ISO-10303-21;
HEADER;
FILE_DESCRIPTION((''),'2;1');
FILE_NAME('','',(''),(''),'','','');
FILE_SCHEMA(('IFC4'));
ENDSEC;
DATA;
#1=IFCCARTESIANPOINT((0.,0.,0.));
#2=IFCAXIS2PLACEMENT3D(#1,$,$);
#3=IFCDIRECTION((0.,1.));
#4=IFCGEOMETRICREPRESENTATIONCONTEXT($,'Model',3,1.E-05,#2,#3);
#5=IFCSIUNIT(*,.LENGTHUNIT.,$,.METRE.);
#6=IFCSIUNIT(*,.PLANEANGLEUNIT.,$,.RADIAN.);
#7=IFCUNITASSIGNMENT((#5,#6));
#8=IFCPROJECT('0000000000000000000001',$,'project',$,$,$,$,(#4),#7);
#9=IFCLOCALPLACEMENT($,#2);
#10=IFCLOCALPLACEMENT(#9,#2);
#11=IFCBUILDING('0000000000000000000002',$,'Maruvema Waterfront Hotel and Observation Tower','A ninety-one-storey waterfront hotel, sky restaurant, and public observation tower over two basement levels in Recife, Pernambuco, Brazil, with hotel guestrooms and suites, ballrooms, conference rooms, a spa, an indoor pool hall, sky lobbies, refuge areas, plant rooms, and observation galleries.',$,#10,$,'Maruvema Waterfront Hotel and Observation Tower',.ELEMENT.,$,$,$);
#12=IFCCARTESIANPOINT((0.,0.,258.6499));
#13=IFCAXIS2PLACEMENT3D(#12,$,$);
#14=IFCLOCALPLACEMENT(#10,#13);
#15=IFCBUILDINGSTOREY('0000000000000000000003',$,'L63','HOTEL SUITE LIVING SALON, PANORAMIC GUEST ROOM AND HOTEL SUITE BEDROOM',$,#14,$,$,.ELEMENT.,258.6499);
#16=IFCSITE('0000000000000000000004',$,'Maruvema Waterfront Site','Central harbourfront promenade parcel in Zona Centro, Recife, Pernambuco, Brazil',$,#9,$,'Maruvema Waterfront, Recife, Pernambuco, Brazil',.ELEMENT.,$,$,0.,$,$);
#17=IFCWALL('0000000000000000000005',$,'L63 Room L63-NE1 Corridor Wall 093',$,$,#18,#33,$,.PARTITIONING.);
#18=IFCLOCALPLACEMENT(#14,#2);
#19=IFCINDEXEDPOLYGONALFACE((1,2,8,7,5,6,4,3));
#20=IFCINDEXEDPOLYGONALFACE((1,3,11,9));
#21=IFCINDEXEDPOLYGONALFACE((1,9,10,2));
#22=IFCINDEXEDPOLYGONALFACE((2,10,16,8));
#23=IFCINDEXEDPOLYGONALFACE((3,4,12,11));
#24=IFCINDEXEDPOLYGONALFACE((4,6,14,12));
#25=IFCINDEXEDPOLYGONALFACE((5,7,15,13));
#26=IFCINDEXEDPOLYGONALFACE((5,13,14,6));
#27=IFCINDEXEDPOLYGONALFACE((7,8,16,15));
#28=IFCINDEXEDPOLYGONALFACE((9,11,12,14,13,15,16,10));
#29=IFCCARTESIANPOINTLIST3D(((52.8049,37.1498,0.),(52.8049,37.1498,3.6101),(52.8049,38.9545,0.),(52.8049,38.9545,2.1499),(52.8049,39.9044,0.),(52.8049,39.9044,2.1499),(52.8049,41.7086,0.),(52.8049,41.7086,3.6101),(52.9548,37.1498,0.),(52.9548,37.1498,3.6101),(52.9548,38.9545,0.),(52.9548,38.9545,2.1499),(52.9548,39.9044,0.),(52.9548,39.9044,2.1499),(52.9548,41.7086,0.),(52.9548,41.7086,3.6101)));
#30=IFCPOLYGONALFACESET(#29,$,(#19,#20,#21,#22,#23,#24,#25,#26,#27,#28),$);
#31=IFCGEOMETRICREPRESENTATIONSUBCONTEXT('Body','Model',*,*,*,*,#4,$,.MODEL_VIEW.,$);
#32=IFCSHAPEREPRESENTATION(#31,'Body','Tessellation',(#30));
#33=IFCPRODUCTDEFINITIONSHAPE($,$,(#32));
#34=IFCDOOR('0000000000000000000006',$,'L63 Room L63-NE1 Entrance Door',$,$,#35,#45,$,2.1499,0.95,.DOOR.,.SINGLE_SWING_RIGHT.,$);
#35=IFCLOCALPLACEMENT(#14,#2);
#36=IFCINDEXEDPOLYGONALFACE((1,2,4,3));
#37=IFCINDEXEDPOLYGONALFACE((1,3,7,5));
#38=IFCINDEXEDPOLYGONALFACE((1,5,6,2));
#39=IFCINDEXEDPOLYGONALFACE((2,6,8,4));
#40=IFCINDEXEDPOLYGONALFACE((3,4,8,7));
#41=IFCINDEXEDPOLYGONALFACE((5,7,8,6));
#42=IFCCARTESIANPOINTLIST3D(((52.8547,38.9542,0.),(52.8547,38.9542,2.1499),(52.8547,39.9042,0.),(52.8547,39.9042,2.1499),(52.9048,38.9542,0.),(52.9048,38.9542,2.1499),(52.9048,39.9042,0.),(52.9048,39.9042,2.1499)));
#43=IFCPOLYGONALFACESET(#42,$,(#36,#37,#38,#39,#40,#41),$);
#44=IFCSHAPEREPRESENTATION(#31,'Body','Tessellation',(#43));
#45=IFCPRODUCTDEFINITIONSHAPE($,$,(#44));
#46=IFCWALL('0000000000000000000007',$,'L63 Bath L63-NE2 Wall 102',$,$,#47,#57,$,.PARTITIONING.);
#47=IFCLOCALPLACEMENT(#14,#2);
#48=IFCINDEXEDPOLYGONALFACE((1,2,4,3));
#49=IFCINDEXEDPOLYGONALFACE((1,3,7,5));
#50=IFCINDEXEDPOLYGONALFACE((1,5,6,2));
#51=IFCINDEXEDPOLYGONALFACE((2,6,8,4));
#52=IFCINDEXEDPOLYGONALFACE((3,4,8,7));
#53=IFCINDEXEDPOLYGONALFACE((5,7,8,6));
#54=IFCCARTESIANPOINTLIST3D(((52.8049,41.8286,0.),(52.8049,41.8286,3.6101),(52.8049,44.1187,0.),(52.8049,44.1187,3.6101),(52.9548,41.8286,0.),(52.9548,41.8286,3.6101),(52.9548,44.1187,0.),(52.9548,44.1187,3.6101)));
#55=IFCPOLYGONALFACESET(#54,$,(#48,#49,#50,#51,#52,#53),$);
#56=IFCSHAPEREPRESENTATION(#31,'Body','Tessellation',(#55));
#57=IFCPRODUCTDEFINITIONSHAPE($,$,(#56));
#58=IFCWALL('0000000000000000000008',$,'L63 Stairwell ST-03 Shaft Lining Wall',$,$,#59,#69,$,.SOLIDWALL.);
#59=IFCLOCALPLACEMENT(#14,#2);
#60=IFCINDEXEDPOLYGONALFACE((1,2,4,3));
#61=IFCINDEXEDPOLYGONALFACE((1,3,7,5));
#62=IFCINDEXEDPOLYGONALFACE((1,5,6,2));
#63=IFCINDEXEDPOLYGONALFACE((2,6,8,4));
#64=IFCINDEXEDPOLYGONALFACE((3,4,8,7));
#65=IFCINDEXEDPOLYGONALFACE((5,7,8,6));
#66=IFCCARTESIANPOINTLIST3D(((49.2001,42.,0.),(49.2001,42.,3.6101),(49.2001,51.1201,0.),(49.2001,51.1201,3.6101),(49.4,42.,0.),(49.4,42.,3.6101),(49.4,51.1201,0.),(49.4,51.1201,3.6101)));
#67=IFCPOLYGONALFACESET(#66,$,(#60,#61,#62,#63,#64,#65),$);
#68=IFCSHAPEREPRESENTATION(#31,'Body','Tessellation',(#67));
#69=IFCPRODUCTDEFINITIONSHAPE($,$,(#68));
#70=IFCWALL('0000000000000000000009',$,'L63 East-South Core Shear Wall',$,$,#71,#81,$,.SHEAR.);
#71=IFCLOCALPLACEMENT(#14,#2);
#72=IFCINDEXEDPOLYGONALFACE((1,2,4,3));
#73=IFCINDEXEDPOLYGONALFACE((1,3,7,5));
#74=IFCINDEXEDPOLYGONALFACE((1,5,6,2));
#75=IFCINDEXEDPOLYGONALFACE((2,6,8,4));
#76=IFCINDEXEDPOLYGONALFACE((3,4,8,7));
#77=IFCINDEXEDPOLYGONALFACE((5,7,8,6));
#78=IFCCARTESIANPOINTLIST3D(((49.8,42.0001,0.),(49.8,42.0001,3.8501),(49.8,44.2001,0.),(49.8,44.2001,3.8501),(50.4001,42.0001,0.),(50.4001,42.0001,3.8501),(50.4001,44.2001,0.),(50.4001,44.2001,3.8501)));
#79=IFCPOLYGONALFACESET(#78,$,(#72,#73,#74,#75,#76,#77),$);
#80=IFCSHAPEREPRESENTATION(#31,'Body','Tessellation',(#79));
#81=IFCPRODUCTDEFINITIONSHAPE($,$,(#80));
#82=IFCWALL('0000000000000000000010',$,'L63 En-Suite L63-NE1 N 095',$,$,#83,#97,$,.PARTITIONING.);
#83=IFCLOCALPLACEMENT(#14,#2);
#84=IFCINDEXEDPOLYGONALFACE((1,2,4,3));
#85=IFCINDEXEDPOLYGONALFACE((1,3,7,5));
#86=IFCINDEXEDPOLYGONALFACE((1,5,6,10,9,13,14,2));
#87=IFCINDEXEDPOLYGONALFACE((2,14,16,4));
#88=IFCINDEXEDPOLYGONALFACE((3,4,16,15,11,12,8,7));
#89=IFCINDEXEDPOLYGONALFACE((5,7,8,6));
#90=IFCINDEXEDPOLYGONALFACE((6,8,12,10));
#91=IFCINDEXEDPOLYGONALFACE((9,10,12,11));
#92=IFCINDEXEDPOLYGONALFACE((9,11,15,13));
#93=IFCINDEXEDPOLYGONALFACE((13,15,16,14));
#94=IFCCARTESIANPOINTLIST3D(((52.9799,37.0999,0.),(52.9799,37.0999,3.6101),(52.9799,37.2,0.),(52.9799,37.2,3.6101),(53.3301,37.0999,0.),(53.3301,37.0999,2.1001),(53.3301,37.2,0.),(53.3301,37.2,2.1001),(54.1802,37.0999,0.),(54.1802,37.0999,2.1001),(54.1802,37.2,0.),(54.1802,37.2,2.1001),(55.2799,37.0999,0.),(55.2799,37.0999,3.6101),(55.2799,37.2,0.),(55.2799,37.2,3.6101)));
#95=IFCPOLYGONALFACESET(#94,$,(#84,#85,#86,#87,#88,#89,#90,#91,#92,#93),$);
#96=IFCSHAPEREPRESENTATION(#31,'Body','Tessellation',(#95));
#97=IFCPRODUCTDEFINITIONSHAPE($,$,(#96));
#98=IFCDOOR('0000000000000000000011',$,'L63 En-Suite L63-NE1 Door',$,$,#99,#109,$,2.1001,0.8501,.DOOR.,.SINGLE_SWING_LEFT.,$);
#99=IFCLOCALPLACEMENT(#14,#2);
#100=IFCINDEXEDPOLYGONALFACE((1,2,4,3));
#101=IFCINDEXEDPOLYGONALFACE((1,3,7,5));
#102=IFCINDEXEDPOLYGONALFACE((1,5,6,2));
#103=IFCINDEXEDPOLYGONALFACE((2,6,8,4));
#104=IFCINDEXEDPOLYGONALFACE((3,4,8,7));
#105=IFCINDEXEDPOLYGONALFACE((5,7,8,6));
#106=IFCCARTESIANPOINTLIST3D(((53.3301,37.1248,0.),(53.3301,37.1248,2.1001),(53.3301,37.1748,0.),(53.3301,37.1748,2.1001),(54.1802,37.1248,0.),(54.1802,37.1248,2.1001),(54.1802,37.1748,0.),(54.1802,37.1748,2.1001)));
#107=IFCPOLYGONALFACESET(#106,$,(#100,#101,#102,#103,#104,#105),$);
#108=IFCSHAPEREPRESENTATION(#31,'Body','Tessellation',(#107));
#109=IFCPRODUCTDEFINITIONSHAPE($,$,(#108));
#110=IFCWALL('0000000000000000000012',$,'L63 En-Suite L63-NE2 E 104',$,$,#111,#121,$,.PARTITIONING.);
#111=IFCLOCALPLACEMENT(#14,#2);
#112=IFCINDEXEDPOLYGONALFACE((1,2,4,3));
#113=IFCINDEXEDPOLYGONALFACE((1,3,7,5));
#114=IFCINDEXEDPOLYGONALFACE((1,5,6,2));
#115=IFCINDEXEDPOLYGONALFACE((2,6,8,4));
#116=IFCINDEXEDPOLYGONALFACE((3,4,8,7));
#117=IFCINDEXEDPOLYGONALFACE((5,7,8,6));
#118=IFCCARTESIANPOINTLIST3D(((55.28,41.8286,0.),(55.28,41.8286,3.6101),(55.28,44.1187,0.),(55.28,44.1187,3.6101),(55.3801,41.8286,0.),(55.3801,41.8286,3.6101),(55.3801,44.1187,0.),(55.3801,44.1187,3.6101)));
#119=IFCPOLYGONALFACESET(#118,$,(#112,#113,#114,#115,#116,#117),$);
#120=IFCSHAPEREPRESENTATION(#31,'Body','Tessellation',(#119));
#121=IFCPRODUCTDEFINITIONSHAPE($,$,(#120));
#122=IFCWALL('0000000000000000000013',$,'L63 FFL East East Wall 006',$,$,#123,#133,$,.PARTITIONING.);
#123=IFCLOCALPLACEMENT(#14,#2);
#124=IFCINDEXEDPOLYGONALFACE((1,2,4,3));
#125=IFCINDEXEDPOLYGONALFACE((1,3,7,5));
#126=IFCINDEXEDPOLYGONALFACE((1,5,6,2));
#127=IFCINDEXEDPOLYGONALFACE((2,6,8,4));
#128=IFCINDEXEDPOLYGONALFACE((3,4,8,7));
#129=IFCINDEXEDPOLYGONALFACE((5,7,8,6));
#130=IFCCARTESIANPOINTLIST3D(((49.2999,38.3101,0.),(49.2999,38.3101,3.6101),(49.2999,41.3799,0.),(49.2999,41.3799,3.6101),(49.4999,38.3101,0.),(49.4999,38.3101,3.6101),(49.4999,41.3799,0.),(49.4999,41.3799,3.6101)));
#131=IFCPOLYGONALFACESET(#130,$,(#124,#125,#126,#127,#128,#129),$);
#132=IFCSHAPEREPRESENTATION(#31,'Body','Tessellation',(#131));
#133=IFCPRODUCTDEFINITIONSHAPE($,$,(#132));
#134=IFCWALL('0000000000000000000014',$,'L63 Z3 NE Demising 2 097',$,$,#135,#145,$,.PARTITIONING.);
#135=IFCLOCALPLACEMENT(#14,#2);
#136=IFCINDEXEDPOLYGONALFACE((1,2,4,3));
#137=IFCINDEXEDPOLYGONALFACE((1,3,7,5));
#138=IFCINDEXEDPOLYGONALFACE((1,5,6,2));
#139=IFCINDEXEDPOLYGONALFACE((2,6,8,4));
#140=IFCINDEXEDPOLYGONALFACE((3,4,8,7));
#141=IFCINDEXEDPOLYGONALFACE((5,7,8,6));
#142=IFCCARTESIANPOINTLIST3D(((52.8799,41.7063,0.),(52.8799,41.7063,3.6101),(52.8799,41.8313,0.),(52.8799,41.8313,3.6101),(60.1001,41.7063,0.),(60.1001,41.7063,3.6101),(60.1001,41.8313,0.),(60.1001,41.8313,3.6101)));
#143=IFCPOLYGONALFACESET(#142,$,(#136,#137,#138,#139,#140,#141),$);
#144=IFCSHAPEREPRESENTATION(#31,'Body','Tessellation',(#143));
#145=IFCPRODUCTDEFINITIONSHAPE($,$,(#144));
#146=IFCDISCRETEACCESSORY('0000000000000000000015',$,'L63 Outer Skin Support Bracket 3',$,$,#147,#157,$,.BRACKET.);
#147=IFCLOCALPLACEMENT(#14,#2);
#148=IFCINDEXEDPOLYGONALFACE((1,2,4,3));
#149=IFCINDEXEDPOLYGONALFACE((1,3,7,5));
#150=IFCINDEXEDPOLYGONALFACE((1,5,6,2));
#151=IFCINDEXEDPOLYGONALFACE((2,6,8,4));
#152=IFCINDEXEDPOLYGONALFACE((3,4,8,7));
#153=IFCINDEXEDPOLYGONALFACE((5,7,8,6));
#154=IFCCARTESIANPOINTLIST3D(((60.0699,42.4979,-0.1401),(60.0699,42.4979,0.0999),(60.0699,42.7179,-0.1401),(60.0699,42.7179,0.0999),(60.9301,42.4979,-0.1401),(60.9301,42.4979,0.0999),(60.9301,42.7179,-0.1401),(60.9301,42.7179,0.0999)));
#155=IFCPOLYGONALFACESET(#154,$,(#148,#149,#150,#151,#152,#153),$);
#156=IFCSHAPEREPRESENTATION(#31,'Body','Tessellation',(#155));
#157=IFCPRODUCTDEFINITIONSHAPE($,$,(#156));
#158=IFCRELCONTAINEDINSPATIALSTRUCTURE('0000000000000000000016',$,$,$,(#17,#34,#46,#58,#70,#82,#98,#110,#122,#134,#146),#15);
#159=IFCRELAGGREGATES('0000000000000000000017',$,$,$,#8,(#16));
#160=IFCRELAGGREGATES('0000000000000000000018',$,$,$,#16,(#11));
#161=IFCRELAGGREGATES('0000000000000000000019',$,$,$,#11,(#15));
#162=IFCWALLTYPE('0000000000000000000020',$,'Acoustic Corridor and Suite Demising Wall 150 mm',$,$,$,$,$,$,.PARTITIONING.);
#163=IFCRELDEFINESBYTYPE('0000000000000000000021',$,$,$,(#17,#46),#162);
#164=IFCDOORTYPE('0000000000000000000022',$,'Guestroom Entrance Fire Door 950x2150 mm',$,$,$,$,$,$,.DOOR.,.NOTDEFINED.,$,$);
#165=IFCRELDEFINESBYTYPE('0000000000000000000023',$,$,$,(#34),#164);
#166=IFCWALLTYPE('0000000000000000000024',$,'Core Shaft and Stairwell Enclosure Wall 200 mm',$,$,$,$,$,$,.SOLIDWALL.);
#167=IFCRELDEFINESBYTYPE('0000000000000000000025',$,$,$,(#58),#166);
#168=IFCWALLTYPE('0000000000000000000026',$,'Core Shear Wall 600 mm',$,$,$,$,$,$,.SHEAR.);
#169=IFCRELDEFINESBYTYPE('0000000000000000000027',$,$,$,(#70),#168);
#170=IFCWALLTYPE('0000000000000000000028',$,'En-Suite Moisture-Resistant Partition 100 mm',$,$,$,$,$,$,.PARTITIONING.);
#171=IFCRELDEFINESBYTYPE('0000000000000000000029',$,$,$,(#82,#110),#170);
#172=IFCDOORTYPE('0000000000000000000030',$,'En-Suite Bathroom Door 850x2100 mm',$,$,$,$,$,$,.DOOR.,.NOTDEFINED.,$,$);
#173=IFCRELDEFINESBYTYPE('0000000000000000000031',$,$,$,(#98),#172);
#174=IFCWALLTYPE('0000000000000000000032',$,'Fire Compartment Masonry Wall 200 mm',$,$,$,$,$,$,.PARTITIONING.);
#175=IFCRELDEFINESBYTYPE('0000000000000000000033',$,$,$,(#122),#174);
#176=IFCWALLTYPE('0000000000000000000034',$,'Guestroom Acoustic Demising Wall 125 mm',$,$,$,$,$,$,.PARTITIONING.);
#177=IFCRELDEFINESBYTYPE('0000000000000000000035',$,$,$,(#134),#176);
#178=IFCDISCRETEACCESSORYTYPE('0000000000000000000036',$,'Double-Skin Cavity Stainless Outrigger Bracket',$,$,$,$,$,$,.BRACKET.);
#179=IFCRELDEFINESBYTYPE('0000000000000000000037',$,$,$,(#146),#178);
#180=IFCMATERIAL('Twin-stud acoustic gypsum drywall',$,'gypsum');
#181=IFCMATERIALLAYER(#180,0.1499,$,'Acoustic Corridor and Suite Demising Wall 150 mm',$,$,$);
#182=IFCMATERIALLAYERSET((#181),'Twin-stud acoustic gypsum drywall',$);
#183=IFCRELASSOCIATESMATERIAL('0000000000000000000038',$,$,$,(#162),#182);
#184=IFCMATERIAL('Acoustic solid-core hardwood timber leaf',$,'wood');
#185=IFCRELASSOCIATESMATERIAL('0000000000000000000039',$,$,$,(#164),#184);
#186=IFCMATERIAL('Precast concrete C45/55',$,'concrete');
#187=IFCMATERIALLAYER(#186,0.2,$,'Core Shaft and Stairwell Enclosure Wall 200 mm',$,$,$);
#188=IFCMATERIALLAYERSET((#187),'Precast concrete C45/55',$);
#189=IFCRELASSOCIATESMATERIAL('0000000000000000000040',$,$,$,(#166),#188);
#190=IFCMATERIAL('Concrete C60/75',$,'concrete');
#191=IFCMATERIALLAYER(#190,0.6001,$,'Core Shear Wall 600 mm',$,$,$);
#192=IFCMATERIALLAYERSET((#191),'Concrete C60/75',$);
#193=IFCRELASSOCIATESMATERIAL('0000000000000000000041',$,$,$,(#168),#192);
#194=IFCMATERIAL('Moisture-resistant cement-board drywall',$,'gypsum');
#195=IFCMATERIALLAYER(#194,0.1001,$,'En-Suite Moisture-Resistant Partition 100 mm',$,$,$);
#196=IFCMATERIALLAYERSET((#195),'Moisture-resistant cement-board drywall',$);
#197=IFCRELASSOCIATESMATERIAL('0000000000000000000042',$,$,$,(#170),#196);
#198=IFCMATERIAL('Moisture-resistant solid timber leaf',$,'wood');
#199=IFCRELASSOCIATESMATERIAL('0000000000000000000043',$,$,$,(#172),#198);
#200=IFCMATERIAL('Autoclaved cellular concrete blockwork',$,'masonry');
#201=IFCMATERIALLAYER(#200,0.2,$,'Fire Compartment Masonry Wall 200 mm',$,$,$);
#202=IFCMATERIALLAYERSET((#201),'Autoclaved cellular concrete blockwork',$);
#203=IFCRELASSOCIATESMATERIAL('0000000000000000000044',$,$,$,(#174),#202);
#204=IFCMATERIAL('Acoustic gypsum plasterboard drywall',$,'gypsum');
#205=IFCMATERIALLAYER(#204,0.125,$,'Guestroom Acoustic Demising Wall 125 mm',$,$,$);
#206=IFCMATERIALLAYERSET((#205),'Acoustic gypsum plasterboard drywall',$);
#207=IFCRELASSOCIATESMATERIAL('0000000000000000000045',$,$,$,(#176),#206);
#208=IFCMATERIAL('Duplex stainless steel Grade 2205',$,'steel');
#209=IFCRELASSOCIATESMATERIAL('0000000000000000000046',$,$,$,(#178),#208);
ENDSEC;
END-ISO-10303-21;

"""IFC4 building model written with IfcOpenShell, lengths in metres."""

from ifc_helpers import new_model, si_unit, direction, frame, frame_2d, origin, origin_2d, place, context, subcontext, project, spatial, rectangle, extrude, material, layer, layer_set, type_object, element, fill, save


model = new_model("IFC4")

# Units and contexts
model_context = context("Model", 3, precision=1e-05, world=origin(), true_north=direction((0.0, 1.0)))
body_context = subcontext(model_context, "Body", "Model", "MODEL_VIEW")
ifc_project = project(units=[si_unit("LENGTHUNIT", "METRE"), si_unit("PLANEANGLEUNIT", "RADIAN")], contexts=[model_context])

# Site, building, storey
site_placement = place(None, origin())
site = spatial("IfcSite", under=ifc_project, at=site_placement, Name="Maruvema Waterfront Site", Description="Central harbourfront promenade parcel in Zona Centro, Recife, Pernambuco, Brazil", LongName="Maruvema Waterfront, Recife, Pernambuco, Brazil", CompositionType="ELEMENT", RefElevation=0.0)
building_placement = place(site_placement, origin())
building = spatial("IfcBuilding", under=site, at=building_placement, Name="Maruvema Waterfront Hotel and Observation Tower", Description="A ninety-one-storey waterfront hotel, sky restaurant, and public observation tower over two basement levels in Recife, Pernambuco, Brazil, with hotel guestrooms and suites, ballrooms, conference rooms, a spa, an indoor pool hall, sky lobbies, refuge areas, plant rooms, and observation galleries.", LongName="Maruvema Waterfront Hotel and Observation Tower", CompositionType="ELEMENT")
storey_placement = place(building_placement, frame((0.0, 0.0, 258.6499)))
storey = spatial("IfcBuildingStorey", under=building, at=storey_placement, Name="L63", Description="HOTEL SUITE LIVING SALON, PANORAMIC GUEST ROOM AND HOTEL SUITE BEDROOM", CompositionType="ELEMENT", Elevation=258.6499)

# Wall, opening, door
ifc_material_1 = material(Name="Twin-stud acoustic gypsum drywall", Category="gypsum")
ifc_layer_1 = layer(ifc_material_1, 0.1499, Name="Acoustic Corridor and Suite Demising Wall 150 mm")
ifc_layer_set_1 = layer_set([ifc_layer_1], Name="Twin-stud acoustic gypsum drywall")
wall_type_1 = type_object("IfcWallType", Name="Acoustic Corridor and Suite Demising Wall 150 mm", PredefinedType="PARTITIONING", material=ifc_layer_set_1)
wall_1_placement = place(storey_placement, frame((52.8799, 37.1499, 0.0), z_axis=(0.0, 0.0, 1.0), x_axis=(0.0, 1.0, 0.0)))
wall_1 = element("IfcWall", 1, at=wall_1_placement, inside=storey, type_object=wall_type_1, Name="L63 Room L63-NE1 Corridor Wall 093", PredefinedType="PARTITIONING", context=body_context, shape_type="SweptSolid", body=[
    extrude(rectangle(XDim=4.5588, YDim=0.1499, at=frame_2d((2.2793, 0.0))), origin(), (0.0, 0.0, 1.0), 3.6101),
])
opening_1_placement = place(wall_1_placement, frame((1.8044, 0.0, 0.0)))
opening_1 = element("IfcOpeningElement", 2, at=opening_1_placement, cuts=wall_1, PredefinedType="OPENING", context=body_context, shape_type="SweptSolid", body=[
    extrude(rectangle(XDim=0.95, YDim=2.1499, at=frame_2d((0.4751, 1.075))), frame((0.0, 0.085, 0.0), z_axis=(0.0, -1.0, 0.0), x_axis=(1.0, 0.0, 0.0)), (0.0, 0.0, 1.0), 0.1699),
])
ifc_material_2 = material(Name="Acoustic solid-core hardwood timber leaf", Category="wood")
door_type_1 = type_object("IfcDoorType", Name="Guestroom Entrance Fire Door 950x2150 mm", OperationType="NOTDEFINED", PredefinedType="DOOR", material=ifc_material_2)
door_1_placement = place(opening_1_placement, frame((0.95, 0.0, 0.0), z_axis=(0.0, 0.0, 1.0), x_axis=(-1.0, 0.0, 0.0)))
door_1 = element("IfcDoor", 3, at=door_1_placement, inside=storey, type_object=door_type_1, Name="L63 Room L63-NE1 Entrance Door", OperationType="SINGLE_SWING_RIGHT", OverallHeight=2.1499, OverallWidth=0.95, PredefinedType="DOOR", context=body_context, shape_type="SweptSolid", body=[
    extrude(rectangle(XDim=0.95, YDim=2.1499, at=frame_2d((0.4751, 1.075))), frame((0.0, 0.0249, 0.0), z_axis=(0.0, -1.0, 0.0), x_axis=(1.0, 0.0, 0.0)), (0.0, 0.0, 1.0), 0.05),
])
fill(opening_1, door_1)

# Walls
wall_2_placement = place(storey_placement, frame((52.8799, 41.8286, 0.0), z_axis=(0.0, 0.0, 1.0), x_axis=(0.0, 1.0, 0.0)))
element("IfcWall", 4, at=wall_2_placement, inside=storey, type_object=wall_type_1, Name="L63 Bath L63-NE2 Wall 102", PredefinedType="PARTITIONING", context=body_context, shape_type="SweptSolid", body=[
    extrude(rectangle(XDim=2.29, YDim=0.1499, at=frame_2d((1.145, 0.0))), origin(), (0.0, 0.0, 1.0), 3.6101),
])
ifc_material_3 = material(Name="Precast concrete C45/55", Category="concrete")
ifc_layer_2 = layer(ifc_material_3, 0.2, Name="Core Shaft and Stairwell Enclosure Wall 200 mm")
ifc_layer_set_2 = layer_set([ifc_layer_2], Name="Precast concrete C45/55")
wall_type_2 = type_object("IfcWallType", Name="Core Shaft and Stairwell Enclosure Wall 200 mm", PredefinedType="SOLIDWALL", material=ifc_layer_set_2)
wall_3_placement = place(storey_placement, frame((49.3, 42.0, 0.0), z_axis=(0.0, 0.0, 1.0), x_axis=(0.0, 1.0, 0.0)))
element("IfcWall", 5, at=wall_3_placement, inside=storey, type_object=wall_type_2, Name="L63 Stairwell ST-03 Shaft Lining Wall", PredefinedType="SOLIDWALL", context=body_context, shape_type="SweptSolid", body=[
    extrude(rectangle(XDim=9.1201, YDim=0.2, at=frame_2d((4.5601, 0.0))), origin(), (0.0, 0.0, 1.0), 3.6101),
])
ifc_material_4 = material(Name="Concrete C60/75", Category="concrete")
ifc_layer_3 = layer(ifc_material_4, 0.6001, Name="Core Shear Wall 600 mm")
ifc_layer_set_3 = layer_set([ifc_layer_3], Name="Concrete C60/75")
wall_type_3 = type_object("IfcWallType", Name="Core Shear Wall 600 mm", PredefinedType="SHEAR", material=ifc_layer_set_3)
wall_4_placement = place(storey_placement, frame((50.1001, 42.0, 0.0), z_axis=(0.0, 0.0, 1.0), x_axis=(0.0, 1.0, 0.0)))
element("IfcWall", 6, at=wall_4_placement, inside=storey, type_object=wall_type_3, Name="L63 East-South Core Shear Wall", PredefinedType="SHEAR", context=body_context, shape_type="SweptSolid", body=[
    extrude(rectangle(XDim=2.2, YDim=0.6001, at=frame_2d((1.1001, 0.0))), origin(), (0.0, 0.0, 1.0), 3.8501),
])

# Wall, opening, door
ifc_material_5 = material(Name="Moisture-resistant cement-board drywall", Category="gypsum")
ifc_layer_4 = layer(ifc_material_5, 0.1001, Name="En-Suite Moisture-Resistant Partition 100 mm")
ifc_layer_set_4 = layer_set([ifc_layer_4], Name="Moisture-resistant cement-board drywall")
wall_type_4 = type_object("IfcWallType", Name="En-Suite Moisture-Resistant Partition 100 mm", PredefinedType="PARTITIONING", material=ifc_layer_set_4)
wall_5_placement = place(storey_placement, frame((52.98, 37.1499, 0.0), z_axis=(0.0, 0.0, 1.0), x_axis=(1.0, 0.0, 0.0)))
wall_5 = element("IfcWall", 7, at=wall_5_placement, inside=storey, type_object=wall_type_4, Name="L63 En-Suite L63-NE1 N 095", PredefinedType="PARTITIONING", context=body_context, shape_type="SweptSolid", body=[
    extrude(rectangle(XDim=2.3, YDim=0.1001, at=frame_2d((1.1499, 0.0))), origin(), (0.0, 0.0, 1.0), 3.6101),
])
opening_2_placement = place(wall_5_placement, frame((0.3501, 0.0, 0.0)))
opening_2 = element("IfcOpeningElement", 8, at=opening_2_placement, cuts=wall_5, PredefinedType="OPENING", context=body_context, shape_type="SweptSolid", body=[
    extrude(rectangle(XDim=0.8501, YDim=2.1001, at=frame_2d((0.425, 1.05))), frame((0.0, 0.0601, 0.0), z_axis=(0.0, -1.0, 0.0), x_axis=(1.0, 0.0, 0.0)), (0.0, 0.0, 1.0), 0.1201),
])
ifc_material_6 = material(Name="Moisture-resistant solid timber leaf", Category="wood")
door_type_2 = type_object("IfcDoorType", Name="En-Suite Bathroom Door 850x2100 mm", OperationType="NOTDEFINED", PredefinedType="DOOR", material=ifc_material_6)
door_2_placement = place(opening_2_placement, origin())
door_2 = element("IfcDoor", 9, at=door_2_placement, inside=storey, type_object=door_type_2, Name="L63 En-Suite L63-NE1 Door", OperationType="SINGLE_SWING_LEFT", OverallHeight=2.1001, OverallWidth=0.8501, PredefinedType="DOOR", context=body_context, shape_type="SweptSolid", body=[
    extrude(rectangle(XDim=0.8501, YDim=2.1001, at=frame_2d((0.425, 1.05))), frame((0.0, 0.0249, 0.0), z_axis=(0.0, -1.0, 0.0), x_axis=(1.0, 0.0, 0.0)), (0.0, 0.0, 1.0), 0.05),
])
fill(opening_2, door_2)

# Walls
wall_6_placement = place(storey_placement, frame((55.3301, 41.8286, 0.0), z_axis=(0.0, 0.0, 1.0), x_axis=(0.0, 1.0, 0.0)))
element("IfcWall", 10, at=wall_6_placement, inside=storey, type_object=wall_type_4, Name="L63 En-Suite L63-NE2 E 104", PredefinedType="PARTITIONING", context=body_context, shape_type="SweptSolid", body=[
    extrude(rectangle(XDim=2.29, YDim=0.1001, at=frame_2d((1.145, 0.0))), origin(), (0.0, 0.0, 1.0), 3.6101),
])
ifc_material_7 = material(Name="Autoclaved cellular concrete blockwork", Category="masonry")
ifc_layer_5 = layer(ifc_material_7, 0.2, Name="Fire Compartment Masonry Wall 200 mm")
ifc_layer_set_5 = layer_set([ifc_layer_5], Name="Autoclaved cellular concrete blockwork")
wall_type_5 = type_object("IfcWallType", Name="Fire Compartment Masonry Wall 200 mm", PredefinedType="PARTITIONING", material=ifc_layer_set_5)
wall_7_placement = place(storey_placement, frame((49.3999, 38.3101, 0.0), z_axis=(0.0, 0.0, 1.0), x_axis=(0.0, 1.0, 0.0)))
element("IfcWall", 11, at=wall_7_placement, inside=storey, type_object=wall_type_5, Name="L63 FFL East East Wall 006", PredefinedType="PARTITIONING", context=body_context, shape_type="SweptSolid", body=[
    extrude(rectangle(XDim=3.0698, YDim=0.2, at=frame_2d((1.5349, 0.0))), origin(), (0.0, 0.0, 1.0), 3.6101),
])
ifc_material_8 = material(Name="Acoustic gypsum plasterboard drywall", Category="gypsum")
ifc_layer_6 = layer(ifc_material_8, 0.125, Name="Guestroom Acoustic Demising Wall 125 mm")
ifc_layer_set_6 = layer_set([ifc_layer_6], Name="Acoustic gypsum plasterboard drywall")
wall_type_6 = type_object("IfcWallType", Name="Guestroom Acoustic Demising Wall 125 mm", PredefinedType="PARTITIONING", material=ifc_layer_set_6)
wall_8_placement = place(storey_placement, frame((52.8799, 41.7688, 0.0), z_axis=(0.0, 0.0, 1.0), x_axis=(1.0, 0.0, 0.0)))
element("IfcWall", 12, at=wall_8_placement, inside=storey, type_object=wall_type_6, Name="L63 Z3 NE Demising 2 097", PredefinedType="PARTITIONING", context=body_context, shape_type="SweptSolid", body=[
    extrude(rectangle(XDim=7.2202, YDim=0.125, at=frame_2d((3.6101, 0.0))), origin(), (0.0, 0.0, 1.0), 3.6101),
])

# Discrete accessory
ifc_material_9 = material(Name="Duplex stainless steel Grade 2205", Category="steel")
discrete_accessory_type = type_object("IfcDiscreteAccessoryType", Name="Double-Skin Cavity Stainless Outrigger Bracket", PredefinedType="BRACKET", material=ifc_material_9)
discrete_accessory_placement = place(storey_placement, frame((60.5, 42.6079, -0.1401), z_axis=(0.0, 0.0, 1.0), x_axis=(0.0, 1.0, 0.0)))
element("IfcDiscreteAccessory", 13, at=discrete_accessory_placement, inside=storey, type_object=discrete_accessory_type, Name="L63 Outer Skin Support Bracket 3", PredefinedType="BRACKET", context=body_context, shape_type="SweptSolid", body=[
    extrude(rectangle(XDim=0.22, YDim=0.8601, at=origin_2d()), origin(), (0.0, 0.0, 1.0), 0.24),
])

save(model, "model.ifc")
